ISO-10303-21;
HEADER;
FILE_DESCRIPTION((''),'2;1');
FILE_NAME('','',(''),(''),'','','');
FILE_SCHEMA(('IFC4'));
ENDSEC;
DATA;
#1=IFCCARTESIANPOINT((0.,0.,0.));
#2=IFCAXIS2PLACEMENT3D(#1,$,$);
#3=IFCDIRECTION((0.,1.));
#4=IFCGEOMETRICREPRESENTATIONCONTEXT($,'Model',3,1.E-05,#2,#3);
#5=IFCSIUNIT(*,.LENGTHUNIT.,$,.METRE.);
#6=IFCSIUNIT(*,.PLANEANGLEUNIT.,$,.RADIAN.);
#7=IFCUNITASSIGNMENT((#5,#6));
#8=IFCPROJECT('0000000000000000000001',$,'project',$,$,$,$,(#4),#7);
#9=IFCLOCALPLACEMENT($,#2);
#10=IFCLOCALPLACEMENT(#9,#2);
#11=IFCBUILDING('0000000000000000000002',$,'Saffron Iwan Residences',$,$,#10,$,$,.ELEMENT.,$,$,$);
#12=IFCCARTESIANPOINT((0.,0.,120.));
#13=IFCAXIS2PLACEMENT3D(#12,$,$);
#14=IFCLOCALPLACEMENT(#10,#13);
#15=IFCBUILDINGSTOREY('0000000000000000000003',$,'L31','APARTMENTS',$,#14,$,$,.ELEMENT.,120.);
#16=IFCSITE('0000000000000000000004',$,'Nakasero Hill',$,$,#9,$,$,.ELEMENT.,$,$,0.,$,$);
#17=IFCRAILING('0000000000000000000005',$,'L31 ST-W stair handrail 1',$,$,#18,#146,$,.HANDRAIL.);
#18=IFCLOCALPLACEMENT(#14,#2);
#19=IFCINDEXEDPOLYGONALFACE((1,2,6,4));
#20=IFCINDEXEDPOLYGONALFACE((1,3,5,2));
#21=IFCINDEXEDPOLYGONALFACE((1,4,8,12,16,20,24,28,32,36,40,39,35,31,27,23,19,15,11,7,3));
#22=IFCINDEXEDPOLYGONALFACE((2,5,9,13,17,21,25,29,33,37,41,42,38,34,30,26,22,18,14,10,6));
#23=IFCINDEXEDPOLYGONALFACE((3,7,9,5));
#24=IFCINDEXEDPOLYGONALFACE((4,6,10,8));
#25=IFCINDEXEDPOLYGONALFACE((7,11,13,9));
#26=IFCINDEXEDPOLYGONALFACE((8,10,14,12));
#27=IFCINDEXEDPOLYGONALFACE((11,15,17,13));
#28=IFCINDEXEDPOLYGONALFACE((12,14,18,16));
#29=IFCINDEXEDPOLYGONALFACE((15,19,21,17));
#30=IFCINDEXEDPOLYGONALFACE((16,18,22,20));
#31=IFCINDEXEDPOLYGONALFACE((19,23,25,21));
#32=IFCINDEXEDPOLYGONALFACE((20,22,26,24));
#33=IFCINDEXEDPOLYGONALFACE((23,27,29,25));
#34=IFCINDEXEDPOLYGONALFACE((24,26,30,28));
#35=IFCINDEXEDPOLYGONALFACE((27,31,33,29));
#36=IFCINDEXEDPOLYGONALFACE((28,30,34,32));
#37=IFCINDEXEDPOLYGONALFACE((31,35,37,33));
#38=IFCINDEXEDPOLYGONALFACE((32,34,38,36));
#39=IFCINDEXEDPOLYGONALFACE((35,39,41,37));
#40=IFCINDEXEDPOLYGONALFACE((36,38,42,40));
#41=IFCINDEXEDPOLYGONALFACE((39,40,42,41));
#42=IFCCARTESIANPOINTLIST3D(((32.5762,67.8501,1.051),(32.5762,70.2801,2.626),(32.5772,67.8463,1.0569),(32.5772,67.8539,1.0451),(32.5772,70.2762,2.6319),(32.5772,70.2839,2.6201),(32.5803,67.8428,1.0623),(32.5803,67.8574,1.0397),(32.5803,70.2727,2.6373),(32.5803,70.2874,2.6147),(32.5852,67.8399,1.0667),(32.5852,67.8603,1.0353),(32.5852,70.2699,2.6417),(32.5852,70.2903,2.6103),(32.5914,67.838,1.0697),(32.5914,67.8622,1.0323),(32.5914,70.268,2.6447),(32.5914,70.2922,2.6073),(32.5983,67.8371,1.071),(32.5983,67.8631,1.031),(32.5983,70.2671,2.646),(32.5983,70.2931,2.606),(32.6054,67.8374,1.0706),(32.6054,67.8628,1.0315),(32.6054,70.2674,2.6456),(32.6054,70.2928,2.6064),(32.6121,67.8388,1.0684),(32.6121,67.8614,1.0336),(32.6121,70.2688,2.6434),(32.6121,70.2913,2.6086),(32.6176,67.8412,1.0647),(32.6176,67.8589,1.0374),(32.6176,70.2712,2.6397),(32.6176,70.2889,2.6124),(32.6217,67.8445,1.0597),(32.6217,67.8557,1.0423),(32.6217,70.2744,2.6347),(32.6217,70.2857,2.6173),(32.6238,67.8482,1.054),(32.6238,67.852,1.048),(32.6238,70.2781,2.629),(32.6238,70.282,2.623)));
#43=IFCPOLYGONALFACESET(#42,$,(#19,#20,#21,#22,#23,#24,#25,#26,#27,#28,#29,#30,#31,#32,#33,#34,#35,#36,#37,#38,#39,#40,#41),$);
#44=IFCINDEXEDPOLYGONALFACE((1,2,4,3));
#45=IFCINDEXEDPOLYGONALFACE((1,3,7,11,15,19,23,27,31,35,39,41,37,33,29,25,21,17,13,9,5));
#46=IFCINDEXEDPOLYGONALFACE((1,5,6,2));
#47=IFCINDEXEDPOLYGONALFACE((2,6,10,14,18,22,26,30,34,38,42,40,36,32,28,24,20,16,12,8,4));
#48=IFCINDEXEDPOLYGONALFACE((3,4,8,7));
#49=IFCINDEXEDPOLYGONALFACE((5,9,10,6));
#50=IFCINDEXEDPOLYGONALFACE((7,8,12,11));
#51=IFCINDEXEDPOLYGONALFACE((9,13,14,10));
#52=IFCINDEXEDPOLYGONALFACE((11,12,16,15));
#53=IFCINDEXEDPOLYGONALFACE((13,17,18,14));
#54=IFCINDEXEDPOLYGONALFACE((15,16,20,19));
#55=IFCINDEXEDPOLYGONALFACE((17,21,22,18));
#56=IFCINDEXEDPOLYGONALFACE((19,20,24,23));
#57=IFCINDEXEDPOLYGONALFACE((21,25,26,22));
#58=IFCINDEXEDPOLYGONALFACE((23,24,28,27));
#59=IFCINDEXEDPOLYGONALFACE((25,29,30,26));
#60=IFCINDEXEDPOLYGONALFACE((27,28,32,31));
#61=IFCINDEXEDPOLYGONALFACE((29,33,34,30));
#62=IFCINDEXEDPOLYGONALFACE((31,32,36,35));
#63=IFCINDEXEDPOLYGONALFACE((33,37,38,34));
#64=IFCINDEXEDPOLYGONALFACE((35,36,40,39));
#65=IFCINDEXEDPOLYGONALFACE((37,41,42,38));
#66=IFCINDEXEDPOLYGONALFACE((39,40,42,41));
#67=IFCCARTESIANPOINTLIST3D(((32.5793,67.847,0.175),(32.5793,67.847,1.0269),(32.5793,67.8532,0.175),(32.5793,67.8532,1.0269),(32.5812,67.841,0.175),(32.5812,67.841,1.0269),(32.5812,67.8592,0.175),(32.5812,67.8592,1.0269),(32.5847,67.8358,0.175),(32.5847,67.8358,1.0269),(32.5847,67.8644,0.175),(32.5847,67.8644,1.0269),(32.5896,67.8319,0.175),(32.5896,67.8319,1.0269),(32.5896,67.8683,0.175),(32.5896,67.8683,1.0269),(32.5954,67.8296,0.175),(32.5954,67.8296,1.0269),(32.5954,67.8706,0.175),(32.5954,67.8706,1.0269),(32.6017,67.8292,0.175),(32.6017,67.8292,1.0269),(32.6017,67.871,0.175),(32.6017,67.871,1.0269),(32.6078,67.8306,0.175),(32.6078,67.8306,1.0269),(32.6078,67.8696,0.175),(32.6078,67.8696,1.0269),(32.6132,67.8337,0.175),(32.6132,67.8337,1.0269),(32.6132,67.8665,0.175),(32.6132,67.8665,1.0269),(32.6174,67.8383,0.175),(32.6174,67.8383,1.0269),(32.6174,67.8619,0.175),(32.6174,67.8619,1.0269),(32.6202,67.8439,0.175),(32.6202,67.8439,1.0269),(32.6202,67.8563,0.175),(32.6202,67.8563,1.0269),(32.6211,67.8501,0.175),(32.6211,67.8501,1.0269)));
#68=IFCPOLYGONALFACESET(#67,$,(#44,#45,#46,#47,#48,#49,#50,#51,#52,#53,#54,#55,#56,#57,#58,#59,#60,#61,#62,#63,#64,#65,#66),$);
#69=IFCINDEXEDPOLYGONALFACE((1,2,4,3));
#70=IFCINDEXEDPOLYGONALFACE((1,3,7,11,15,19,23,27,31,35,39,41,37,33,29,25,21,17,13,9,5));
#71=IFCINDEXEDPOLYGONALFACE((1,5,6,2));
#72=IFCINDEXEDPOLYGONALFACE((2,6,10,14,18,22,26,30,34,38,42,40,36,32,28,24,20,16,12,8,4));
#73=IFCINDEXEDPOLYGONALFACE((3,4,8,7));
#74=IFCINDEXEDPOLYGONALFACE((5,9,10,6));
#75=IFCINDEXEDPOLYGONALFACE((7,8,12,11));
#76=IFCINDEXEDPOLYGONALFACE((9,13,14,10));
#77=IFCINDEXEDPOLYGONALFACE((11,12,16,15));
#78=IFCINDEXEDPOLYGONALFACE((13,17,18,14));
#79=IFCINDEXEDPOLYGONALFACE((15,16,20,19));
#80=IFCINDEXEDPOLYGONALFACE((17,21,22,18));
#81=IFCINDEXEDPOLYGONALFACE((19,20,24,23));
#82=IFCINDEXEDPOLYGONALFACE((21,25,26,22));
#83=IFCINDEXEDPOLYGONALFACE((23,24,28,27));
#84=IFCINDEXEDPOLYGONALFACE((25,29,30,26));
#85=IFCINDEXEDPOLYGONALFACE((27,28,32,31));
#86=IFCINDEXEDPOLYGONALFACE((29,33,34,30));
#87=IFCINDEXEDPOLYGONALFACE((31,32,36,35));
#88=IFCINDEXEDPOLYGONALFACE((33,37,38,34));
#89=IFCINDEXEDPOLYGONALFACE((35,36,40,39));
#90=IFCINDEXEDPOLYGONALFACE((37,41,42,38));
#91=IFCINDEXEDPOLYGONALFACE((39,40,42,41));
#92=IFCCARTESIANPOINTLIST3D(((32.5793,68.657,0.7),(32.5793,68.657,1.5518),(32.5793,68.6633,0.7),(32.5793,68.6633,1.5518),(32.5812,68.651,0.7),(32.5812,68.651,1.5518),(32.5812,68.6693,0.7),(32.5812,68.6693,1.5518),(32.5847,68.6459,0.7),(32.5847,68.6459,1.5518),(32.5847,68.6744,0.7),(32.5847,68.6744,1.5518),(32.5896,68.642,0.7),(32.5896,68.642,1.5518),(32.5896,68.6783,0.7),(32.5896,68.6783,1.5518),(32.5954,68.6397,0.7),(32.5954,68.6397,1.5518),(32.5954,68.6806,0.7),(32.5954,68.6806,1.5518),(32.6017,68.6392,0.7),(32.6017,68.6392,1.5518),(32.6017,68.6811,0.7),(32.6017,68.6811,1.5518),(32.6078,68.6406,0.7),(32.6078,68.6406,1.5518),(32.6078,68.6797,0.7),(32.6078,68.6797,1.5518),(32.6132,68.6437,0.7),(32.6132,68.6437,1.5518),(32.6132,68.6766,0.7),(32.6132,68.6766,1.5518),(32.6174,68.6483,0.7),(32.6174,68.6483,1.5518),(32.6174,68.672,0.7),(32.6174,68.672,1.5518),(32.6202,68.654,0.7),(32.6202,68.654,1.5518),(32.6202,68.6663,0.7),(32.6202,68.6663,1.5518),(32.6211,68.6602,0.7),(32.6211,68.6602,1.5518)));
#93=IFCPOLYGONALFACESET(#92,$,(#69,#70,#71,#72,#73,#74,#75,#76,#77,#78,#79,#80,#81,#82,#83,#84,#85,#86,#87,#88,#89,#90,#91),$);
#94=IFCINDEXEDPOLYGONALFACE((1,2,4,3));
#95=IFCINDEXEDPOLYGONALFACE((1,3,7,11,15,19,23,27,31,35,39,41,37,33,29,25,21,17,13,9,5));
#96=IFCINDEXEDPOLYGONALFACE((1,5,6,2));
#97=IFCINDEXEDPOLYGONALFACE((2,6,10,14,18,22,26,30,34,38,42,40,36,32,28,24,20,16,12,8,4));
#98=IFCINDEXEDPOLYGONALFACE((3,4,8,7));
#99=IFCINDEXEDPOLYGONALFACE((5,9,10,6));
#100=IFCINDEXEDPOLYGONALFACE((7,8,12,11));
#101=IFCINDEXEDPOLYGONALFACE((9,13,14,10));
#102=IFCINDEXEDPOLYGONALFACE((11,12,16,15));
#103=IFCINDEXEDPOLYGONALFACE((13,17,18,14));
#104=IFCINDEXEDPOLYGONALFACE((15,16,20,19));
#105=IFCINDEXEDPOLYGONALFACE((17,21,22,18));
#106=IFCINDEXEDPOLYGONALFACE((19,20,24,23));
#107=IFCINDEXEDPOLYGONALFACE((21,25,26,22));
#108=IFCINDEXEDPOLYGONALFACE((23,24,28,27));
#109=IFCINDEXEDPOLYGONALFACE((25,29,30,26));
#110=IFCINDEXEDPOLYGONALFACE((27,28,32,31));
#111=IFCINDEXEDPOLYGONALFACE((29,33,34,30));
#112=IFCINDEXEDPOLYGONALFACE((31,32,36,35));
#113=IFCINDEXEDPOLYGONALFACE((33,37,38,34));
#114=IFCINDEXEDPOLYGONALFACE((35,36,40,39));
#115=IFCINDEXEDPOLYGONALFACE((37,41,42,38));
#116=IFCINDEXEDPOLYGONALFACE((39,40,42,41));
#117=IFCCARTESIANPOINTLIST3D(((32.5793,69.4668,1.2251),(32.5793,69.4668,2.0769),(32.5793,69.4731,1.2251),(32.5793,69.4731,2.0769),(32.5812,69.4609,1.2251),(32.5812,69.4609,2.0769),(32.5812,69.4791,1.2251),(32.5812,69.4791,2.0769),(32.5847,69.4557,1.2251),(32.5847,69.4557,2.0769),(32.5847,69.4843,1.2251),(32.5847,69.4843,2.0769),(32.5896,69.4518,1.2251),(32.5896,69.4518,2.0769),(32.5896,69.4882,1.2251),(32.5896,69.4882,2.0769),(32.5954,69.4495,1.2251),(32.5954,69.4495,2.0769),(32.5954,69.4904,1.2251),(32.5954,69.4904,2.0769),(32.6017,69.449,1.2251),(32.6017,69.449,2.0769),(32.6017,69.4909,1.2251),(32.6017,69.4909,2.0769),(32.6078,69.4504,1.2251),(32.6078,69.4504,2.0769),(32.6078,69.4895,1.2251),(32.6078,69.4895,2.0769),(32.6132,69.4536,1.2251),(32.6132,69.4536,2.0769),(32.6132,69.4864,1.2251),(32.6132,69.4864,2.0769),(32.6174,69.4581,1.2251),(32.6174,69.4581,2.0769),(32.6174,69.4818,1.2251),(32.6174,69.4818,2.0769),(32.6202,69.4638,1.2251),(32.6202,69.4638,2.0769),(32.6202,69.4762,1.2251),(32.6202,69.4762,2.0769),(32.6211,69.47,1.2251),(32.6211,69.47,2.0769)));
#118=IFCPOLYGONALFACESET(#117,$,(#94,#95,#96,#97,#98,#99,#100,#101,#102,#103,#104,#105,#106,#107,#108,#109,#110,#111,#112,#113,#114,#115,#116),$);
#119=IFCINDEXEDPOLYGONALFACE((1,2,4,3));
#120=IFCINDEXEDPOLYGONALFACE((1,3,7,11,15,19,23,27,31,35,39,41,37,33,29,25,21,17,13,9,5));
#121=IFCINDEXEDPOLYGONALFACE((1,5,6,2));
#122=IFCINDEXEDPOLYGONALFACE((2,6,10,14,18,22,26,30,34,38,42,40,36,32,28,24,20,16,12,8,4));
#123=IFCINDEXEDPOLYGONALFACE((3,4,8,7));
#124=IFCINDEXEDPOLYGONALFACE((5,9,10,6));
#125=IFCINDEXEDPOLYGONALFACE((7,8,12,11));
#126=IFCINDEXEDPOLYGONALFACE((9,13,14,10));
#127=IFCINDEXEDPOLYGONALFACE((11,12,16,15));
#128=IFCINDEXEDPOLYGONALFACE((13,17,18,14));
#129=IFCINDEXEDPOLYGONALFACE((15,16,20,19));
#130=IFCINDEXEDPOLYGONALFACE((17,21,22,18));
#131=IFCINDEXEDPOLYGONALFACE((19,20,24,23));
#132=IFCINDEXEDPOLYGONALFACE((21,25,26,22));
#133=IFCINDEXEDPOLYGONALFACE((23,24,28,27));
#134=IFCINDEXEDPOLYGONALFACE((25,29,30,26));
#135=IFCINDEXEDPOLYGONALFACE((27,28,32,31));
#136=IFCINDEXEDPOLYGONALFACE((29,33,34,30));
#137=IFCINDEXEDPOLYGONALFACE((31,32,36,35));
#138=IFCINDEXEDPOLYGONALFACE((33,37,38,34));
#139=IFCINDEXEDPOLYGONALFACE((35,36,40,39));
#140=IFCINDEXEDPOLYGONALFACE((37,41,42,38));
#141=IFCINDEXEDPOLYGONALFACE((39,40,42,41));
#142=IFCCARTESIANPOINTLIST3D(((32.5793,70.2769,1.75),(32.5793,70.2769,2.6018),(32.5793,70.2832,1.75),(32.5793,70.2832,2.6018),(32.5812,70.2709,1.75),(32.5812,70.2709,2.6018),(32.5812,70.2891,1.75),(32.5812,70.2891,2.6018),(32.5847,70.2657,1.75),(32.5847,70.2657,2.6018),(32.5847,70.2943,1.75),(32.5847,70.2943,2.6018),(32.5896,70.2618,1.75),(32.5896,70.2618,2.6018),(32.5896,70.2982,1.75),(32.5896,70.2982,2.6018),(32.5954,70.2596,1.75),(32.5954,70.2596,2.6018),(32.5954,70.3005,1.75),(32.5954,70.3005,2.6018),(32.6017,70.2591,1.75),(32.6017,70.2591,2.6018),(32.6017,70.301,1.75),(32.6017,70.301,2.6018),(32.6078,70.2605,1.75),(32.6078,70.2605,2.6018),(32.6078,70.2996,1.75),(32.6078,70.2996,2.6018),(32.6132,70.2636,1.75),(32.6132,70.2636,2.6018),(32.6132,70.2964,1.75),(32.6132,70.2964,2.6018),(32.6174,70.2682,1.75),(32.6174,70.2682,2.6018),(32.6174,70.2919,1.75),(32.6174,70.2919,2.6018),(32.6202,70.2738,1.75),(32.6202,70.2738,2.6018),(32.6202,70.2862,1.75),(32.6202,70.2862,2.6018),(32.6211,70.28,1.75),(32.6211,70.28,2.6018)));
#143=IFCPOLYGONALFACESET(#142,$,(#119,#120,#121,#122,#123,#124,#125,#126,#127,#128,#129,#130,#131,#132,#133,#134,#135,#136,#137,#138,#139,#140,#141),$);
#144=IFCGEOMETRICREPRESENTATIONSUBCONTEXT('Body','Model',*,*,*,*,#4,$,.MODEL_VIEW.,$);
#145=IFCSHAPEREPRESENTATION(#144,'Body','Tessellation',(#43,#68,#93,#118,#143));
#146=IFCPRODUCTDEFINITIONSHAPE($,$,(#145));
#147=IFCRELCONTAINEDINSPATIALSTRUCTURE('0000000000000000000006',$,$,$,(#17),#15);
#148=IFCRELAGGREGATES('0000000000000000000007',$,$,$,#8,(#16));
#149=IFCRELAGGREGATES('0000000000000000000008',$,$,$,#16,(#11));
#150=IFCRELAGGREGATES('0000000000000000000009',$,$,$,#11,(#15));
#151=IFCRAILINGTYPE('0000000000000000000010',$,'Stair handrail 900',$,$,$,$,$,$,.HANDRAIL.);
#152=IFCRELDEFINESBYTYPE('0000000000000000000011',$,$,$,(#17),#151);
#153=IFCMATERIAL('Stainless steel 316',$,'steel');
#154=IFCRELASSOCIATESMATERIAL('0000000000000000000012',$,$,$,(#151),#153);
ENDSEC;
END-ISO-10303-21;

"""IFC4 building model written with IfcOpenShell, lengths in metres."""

from ifc_helpers import new_model, si_unit, direction, frame, origin, origin_2d, place, context, subcontext, project, spatial, circle, extrude, material, type_object, element, save


model = new_model("IFC4")

# Units and contexts
model_context = context("Model", 3, precision=1e-05, world=origin(), true_north=direction((0.0, 1.0)))
body_context = subcontext(model_context, "Body", "Model", "MODEL_VIEW")
ifc_project = project(units=[si_unit("LENGTHUNIT", "METRE"), si_unit("PLANEANGLEUNIT", "RADIAN")], contexts=[model_context])

# Site, building, storey
site_placement = place(None, origin())
site = spatial("IfcSite", under=ifc_project, at=site_placement, Name="Nakasero Hill", CompositionType="ELEMENT", RefElevation=0.0)
building_placement = place(site_placement, origin())
building = spatial("IfcBuilding", under=site, at=building_placement, Name="Saffron Iwan Residences", CompositionType="ELEMENT")
storey_placement = place(building_placement, frame((0.0, 0.0, 120.0)))
storey = spatial("IfcBuildingStorey", under=building, at=storey_placement, Name="L31", Description="APARTMENTS", CompositionType="ELEMENT", Elevation=120.0)

# Railing
ifc_material_1 = material(Name="Stainless steel 316", Category="steel")
railing_type_1 = type_object("IfcRailingType", Name="Stair handrail 900", PredefinedType="HANDRAIL", material=ifc_material_1)
railing_1_placement = place(storey_placement, frame((32.6001, 67.8501, 0.175)))
element("IfcRailing", 1, at=railing_1_placement, inside=storey, type_object=railing_type_1, Name="L31 ST-W stair handrail 1", PredefinedType="HANDRAIL", context=body_context, shape_type="SweptSolid", body=[
    extrude(circle(Radius=0.0239, at=origin_2d()), frame((0.0, 0.0, 0.876), z_axis=(0.0, 0.839154, 0.543894), x_axis=(-1.0, 0.0, 0.0)), (0.0, 0.0, 1.0), 2.8958),
    extrude(circle(Radius=0.021, at=origin_2d()), origin(), (0.0, 0.0, 1.0), 0.8518),
    extrude(circle(Radius=0.021, at=origin_2d()), frame((0.0, 0.8101, 0.5249)), (0.0, 0.0, 1.0), 0.8518),
    extrude(circle(Radius=0.021, at=origin_2d()), frame((0.0, 1.6199, 1.05)), (0.0, 0.0, 1.0), 0.8518),
    extrude(circle(Radius=0.021, at=origin_2d()), frame((0.0, 2.4299, 1.575)), (0.0, 0.0, 1.0), 0.8518),
])

save(model, "model.ifc")
